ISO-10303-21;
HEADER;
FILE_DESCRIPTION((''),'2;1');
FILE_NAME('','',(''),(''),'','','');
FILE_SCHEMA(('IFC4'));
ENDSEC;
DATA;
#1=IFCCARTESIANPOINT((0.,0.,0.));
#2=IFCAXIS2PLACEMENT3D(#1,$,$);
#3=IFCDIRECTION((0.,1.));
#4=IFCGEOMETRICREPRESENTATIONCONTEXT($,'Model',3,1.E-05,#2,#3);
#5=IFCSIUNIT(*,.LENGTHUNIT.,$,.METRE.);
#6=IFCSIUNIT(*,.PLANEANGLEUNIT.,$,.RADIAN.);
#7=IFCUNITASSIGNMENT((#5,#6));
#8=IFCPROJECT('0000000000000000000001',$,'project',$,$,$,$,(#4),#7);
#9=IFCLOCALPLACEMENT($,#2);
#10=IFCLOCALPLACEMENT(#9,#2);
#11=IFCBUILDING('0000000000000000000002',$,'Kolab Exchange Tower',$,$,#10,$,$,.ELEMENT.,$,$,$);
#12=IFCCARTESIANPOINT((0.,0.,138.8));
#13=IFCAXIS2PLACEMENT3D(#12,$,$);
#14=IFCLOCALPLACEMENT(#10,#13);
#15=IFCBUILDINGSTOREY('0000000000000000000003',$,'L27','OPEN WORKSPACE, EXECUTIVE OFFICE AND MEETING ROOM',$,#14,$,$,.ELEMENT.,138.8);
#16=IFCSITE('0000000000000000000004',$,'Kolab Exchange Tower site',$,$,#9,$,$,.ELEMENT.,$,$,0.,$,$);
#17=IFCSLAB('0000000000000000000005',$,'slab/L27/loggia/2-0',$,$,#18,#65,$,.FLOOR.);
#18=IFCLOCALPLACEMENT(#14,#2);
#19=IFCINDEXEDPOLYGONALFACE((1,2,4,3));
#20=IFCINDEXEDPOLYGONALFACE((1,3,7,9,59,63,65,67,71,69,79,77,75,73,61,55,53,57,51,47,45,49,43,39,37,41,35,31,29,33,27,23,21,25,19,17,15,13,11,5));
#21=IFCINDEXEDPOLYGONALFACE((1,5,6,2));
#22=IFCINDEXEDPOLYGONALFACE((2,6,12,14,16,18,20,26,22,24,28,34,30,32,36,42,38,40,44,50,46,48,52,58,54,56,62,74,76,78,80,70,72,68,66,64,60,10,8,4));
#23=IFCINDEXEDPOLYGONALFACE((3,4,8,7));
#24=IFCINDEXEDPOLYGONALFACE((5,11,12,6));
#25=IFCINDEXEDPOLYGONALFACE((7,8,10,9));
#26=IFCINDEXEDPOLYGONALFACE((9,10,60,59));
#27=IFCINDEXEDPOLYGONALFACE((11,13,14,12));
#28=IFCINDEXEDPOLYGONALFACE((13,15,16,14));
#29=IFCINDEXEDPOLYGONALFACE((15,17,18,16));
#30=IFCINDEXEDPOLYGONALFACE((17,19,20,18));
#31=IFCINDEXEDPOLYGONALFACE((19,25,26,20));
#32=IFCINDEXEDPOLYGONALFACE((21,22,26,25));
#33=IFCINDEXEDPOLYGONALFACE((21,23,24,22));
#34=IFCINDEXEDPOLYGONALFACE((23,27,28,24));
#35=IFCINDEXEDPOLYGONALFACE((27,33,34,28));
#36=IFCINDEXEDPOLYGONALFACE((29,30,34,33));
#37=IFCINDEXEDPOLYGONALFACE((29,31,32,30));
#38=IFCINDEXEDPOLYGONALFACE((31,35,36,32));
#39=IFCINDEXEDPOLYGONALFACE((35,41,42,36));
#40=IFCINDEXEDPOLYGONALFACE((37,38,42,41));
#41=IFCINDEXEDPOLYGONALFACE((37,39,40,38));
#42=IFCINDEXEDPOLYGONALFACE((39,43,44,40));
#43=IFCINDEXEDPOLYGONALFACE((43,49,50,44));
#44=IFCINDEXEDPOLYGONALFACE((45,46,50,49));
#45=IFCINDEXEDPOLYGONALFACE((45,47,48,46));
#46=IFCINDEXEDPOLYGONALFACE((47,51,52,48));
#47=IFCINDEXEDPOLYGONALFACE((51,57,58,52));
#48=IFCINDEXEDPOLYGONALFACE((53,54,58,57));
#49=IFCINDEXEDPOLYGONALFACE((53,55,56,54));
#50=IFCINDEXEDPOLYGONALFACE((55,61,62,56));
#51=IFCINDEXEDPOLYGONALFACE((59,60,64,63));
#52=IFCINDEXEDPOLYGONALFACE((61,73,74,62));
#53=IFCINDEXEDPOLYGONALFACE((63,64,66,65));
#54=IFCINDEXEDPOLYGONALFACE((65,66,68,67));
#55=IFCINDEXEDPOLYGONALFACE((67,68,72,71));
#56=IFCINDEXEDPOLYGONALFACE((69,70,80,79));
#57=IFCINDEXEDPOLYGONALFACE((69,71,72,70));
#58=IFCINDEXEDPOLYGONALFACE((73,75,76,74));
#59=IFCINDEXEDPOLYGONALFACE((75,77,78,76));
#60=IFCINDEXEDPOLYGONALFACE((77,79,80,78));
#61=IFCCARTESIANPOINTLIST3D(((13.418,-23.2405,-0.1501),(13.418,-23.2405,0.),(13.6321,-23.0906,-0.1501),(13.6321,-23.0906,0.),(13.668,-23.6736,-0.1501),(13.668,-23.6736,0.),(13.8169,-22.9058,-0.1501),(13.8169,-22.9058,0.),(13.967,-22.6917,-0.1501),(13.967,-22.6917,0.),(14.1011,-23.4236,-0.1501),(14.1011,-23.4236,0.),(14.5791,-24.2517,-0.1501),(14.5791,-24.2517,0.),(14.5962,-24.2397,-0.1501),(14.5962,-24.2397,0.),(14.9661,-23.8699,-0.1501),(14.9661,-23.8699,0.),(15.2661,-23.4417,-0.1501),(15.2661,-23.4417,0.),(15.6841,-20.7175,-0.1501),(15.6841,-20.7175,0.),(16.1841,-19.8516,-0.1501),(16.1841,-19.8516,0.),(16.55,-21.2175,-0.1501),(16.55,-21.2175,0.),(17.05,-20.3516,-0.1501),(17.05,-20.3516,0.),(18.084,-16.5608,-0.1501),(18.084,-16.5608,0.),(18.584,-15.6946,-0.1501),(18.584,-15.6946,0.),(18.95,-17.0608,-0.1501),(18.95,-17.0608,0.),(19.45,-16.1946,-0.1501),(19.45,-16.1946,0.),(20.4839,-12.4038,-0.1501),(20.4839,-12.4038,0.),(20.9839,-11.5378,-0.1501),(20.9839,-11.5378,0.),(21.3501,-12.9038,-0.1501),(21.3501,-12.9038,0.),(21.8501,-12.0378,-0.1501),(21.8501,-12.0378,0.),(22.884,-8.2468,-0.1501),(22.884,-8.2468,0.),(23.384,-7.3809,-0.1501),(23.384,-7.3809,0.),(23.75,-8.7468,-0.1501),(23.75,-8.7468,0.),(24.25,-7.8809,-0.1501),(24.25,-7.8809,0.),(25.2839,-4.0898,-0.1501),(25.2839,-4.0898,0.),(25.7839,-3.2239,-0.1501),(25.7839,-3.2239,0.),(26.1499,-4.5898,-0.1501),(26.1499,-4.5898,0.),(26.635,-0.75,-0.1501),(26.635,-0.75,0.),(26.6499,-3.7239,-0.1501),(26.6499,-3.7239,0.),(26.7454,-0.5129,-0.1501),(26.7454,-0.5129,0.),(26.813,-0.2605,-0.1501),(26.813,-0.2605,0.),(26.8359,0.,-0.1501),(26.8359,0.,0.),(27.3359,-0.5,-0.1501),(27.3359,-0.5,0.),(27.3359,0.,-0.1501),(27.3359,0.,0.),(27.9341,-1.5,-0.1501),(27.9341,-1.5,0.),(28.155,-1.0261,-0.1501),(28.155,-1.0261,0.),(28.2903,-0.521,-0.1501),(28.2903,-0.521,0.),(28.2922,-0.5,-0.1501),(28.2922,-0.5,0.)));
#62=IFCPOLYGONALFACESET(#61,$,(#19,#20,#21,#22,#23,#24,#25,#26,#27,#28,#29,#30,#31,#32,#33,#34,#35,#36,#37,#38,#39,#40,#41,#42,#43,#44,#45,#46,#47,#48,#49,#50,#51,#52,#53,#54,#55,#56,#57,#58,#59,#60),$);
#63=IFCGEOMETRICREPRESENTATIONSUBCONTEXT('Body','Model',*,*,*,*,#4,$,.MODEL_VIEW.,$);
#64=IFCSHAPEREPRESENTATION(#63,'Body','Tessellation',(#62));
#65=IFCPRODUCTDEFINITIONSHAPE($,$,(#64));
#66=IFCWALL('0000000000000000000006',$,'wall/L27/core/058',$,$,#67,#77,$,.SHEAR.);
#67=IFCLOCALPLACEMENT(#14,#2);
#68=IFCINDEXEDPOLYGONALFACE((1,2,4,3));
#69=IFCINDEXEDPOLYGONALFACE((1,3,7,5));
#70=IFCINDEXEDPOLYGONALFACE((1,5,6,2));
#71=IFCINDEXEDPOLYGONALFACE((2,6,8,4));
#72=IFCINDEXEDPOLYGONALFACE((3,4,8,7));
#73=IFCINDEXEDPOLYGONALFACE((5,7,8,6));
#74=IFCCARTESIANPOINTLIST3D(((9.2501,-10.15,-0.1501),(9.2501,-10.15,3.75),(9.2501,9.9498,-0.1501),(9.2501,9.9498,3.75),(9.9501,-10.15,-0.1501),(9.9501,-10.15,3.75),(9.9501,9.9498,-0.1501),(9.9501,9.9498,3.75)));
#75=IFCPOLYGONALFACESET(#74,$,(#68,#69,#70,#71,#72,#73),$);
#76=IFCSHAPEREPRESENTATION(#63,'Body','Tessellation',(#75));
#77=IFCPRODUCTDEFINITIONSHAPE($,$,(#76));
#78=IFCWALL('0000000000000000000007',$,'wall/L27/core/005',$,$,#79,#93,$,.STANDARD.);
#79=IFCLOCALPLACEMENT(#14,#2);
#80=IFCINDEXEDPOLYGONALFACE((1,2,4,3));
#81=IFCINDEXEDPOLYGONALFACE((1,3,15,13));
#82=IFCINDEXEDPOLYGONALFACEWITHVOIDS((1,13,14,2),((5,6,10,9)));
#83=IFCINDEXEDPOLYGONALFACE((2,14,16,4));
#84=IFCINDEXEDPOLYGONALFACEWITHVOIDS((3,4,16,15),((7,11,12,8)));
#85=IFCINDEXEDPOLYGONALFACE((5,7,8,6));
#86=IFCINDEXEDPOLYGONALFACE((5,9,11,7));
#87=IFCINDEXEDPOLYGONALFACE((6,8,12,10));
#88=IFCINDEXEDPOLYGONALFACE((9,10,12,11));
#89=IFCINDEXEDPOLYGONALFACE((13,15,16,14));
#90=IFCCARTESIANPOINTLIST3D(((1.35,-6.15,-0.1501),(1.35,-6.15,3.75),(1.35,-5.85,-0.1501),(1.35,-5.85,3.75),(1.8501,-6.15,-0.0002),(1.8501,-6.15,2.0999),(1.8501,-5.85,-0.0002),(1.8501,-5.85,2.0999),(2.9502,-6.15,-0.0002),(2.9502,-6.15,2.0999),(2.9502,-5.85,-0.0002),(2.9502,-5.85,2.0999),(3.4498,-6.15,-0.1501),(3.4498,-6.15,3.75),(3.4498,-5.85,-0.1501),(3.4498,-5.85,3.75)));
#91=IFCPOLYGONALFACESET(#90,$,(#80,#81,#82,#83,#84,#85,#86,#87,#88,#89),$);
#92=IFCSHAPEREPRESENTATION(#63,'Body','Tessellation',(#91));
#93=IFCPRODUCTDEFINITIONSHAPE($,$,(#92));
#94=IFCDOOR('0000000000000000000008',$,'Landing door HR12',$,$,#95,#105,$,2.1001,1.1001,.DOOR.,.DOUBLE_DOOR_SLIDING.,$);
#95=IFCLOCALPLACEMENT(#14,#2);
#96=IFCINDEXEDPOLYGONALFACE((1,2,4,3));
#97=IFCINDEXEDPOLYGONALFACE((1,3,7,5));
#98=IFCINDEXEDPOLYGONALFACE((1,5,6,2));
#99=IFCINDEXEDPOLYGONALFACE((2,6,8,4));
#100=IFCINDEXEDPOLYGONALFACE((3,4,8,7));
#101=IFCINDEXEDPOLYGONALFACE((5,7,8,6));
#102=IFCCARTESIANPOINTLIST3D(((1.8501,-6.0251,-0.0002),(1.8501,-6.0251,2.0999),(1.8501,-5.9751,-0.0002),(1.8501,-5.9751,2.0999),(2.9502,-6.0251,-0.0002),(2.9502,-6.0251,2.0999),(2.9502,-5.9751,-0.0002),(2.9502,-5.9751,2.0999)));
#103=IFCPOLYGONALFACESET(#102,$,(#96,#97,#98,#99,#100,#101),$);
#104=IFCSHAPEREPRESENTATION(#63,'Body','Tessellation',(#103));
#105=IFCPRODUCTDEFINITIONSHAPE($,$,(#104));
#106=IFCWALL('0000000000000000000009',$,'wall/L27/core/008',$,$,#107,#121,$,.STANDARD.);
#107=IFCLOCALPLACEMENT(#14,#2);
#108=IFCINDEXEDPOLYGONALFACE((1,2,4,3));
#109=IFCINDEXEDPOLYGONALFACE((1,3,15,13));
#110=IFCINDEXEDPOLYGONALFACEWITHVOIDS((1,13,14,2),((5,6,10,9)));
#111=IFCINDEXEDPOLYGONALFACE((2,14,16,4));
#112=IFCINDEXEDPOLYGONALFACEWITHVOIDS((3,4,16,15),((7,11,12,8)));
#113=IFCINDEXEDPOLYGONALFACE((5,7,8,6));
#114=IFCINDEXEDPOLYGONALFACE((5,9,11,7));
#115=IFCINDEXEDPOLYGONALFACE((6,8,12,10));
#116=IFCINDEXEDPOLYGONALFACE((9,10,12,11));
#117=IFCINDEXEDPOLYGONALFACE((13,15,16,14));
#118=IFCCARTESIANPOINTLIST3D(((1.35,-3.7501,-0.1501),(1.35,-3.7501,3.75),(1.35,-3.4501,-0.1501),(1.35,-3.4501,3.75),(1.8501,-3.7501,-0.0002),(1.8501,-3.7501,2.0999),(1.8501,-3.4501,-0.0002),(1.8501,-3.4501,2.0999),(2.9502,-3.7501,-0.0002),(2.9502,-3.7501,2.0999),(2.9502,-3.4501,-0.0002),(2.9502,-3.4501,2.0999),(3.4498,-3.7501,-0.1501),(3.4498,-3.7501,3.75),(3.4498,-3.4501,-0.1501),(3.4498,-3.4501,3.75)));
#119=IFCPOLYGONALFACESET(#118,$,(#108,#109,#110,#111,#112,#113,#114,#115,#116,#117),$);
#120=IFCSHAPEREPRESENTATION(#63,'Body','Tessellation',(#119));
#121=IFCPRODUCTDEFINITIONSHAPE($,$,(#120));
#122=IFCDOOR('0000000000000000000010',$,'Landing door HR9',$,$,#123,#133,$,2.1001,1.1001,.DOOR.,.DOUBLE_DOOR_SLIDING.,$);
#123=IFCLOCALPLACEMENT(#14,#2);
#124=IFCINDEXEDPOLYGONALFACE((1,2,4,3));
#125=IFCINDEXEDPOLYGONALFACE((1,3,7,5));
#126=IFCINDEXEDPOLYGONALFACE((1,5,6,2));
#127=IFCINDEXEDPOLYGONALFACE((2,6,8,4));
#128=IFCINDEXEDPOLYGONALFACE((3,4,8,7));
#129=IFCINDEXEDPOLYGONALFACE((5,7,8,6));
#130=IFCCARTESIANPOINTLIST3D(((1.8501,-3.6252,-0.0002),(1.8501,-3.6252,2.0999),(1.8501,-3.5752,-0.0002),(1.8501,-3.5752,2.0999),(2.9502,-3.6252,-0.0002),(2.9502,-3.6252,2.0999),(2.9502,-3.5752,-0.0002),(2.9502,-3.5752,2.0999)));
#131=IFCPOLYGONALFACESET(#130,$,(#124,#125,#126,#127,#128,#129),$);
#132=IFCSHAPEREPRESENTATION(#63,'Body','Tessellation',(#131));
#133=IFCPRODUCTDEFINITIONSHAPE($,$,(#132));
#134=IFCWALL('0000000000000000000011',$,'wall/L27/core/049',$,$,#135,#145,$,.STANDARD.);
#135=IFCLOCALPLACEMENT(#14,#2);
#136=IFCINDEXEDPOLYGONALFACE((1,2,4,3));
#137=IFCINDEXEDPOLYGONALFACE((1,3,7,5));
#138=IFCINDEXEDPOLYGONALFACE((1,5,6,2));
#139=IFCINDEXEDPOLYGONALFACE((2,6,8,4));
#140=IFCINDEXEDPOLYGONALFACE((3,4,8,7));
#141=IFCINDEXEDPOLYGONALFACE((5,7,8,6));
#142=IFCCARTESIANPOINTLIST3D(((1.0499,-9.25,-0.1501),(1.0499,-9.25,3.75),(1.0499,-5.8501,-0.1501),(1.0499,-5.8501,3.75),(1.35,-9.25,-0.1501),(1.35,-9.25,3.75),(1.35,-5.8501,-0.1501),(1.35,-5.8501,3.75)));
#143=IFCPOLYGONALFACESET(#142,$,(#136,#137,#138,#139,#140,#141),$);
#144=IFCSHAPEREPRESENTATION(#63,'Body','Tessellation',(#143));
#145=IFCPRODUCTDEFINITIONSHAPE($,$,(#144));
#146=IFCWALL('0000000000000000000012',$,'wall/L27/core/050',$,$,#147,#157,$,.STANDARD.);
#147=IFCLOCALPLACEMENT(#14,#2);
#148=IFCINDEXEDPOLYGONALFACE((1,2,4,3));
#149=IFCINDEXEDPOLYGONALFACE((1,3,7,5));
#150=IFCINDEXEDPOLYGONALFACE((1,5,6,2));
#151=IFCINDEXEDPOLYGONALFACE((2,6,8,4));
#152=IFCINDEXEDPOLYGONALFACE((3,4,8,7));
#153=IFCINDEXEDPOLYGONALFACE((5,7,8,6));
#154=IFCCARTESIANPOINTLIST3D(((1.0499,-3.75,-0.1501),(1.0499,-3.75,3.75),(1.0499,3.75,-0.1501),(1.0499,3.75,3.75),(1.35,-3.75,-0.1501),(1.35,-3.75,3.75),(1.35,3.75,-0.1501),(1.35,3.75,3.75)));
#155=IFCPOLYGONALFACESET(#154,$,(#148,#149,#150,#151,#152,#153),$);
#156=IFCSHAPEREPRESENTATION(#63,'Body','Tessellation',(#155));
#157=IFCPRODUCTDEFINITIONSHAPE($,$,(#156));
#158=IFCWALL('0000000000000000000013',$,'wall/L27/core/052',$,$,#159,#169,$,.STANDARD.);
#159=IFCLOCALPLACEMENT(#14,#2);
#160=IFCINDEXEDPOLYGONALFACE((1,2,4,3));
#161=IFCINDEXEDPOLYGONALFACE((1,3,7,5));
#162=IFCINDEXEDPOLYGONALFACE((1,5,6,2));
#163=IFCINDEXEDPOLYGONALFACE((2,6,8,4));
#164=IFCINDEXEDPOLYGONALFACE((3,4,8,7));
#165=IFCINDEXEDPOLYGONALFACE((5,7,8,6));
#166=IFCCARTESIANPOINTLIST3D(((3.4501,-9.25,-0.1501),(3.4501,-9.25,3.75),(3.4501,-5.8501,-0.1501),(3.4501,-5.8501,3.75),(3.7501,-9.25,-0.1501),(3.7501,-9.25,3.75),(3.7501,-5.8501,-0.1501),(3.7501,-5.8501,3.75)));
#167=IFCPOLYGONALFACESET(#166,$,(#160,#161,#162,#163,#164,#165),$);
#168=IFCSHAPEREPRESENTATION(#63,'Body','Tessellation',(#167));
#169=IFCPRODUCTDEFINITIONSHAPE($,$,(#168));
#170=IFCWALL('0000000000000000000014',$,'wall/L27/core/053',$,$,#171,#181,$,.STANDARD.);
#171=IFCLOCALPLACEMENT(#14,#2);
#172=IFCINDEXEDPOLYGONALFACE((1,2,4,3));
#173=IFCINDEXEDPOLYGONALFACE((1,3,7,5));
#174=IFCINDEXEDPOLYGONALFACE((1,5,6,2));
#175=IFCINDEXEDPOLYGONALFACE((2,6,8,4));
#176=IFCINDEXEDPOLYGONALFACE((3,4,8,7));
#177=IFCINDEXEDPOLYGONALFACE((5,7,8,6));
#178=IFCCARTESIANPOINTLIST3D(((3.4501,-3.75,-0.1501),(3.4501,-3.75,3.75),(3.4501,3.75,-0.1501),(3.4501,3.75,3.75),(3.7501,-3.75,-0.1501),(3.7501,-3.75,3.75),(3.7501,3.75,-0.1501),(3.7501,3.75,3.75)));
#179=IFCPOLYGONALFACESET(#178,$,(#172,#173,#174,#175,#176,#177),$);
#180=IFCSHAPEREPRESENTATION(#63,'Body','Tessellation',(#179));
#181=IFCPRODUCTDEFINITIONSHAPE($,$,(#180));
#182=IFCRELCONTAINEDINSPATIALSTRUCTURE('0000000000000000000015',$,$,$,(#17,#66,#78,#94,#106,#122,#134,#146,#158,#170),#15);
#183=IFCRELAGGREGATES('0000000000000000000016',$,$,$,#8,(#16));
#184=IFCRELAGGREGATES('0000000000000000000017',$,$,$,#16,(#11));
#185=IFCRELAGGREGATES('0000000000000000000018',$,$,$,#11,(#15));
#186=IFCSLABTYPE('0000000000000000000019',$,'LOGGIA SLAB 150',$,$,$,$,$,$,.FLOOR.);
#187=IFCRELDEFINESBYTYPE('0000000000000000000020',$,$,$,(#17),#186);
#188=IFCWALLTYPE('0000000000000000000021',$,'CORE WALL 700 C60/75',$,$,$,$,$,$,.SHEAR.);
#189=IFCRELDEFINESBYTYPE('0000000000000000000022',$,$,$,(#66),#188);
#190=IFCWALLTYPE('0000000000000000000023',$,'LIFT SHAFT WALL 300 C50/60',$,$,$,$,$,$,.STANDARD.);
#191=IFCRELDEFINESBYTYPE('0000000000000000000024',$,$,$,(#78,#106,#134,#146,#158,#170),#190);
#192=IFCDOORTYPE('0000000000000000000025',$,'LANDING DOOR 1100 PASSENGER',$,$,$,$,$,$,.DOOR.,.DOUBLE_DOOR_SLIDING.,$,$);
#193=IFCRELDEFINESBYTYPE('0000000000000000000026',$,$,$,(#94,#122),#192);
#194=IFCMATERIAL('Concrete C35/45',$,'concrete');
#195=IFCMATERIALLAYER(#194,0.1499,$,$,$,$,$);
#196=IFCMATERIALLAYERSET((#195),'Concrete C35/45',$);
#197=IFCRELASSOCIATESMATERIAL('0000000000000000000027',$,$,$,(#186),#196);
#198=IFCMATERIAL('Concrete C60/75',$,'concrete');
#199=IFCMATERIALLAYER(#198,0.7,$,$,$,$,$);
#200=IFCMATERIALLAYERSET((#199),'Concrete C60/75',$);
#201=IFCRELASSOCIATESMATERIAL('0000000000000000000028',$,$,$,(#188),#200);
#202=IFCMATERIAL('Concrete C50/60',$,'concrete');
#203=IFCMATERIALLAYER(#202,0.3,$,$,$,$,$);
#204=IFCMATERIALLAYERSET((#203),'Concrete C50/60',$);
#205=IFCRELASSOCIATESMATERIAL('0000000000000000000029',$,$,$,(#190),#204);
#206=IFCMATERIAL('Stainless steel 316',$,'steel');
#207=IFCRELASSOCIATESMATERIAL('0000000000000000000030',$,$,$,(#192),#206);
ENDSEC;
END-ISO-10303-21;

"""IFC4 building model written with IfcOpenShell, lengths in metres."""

from ifc_helpers import new_model, si_unit, direction, frame, frame_2d, origin, place, context, subcontext, project, spatial, polyline, rectangle, outline, extrude, material, layer, layer_set, type_object, element, fill, save


model = new_model("IFC4")

# Units and contexts
model_context = context("Model", 3, precision=1e-05, world=origin(), true_north=direction((0.0, 1.0)))
body_context = subcontext(model_context, "Body", "Model", "MODEL_VIEW")
ifc_project = project(units=[si_unit("LENGTHUNIT", "METRE"), si_unit("PLANEANGLEUNIT", "RADIAN")], contexts=[model_context])

# Site, building, storey
site_placement = place(None, origin())
site = spatial("IfcSite", under=ifc_project, at=site_placement, Name="Kolab Exchange Tower site", CompositionType="ELEMENT", RefElevation=0.0)
building_placement = place(site_placement, origin())
building = spatial("IfcBuilding", under=site, at=building_placement, Name="Kolab Exchange Tower", CompositionType="ELEMENT")
storey_placement = place(building_placement, frame((0.0, 0.0, 138.8)))
storey = spatial("IfcBuildingStorey", under=building, at=storey_placement, Name="L27", Description="OPEN WORKSPACE, EXECUTIVE OFFICE AND MEETING ROOM", CompositionType="ELEMENT", Elevation=138.8)

# Slab
ifc_material_1 = material(Name="Concrete C35/45", Category="concrete")
ifc_layer_1 = layer(ifc_material_1, 0.1499)
ifc_layer_set_1 = layer_set([ifc_layer_1], Name="Concrete C35/45")
slab_type_1 = type_object("IfcSlabType", Name="LOGGIA SLAB 150", PredefinedType="FLOOR", material=ifc_layer_set_1)
slab_1_placement = place(storey_placement, frame((0.0, 0.0, -0.1501)))
element("IfcSlab", 1, at=slab_1_placement, inside=storey, type_object=slab_type_1, Name="slab/L27/loggia/2-0", PredefinedType="FLOOR", context=body_context, shape_type="SweptSolid", body=[
    extrude(outline(polyline([(15.2661, -23.4417), (16.55, -21.2175), (15.6841, -20.7175), (16.1841, -19.8516), (17.05, -20.3516), (18.95, -17.0608), (18.084, -16.5608), (18.584, -15.6946), (19.45, -16.1946), (21.3501, -12.9038), (20.4839, -12.4038), (20.9839, -11.5378), (21.8501, -12.0378), (23.75, -8.7468), (22.884, -8.2468), (23.384, -7.3809), (24.25, -7.8809), (26.1499, -4.5898), (25.2839, -4.0898), (25.7839, -3.2239), (26.6499, -3.7239), (27.9341, -1.5), (28.155, -1.0261), (28.2903, -0.521), (28.2922, -0.5), (27.3359, -0.5), (27.3359, 0.0), (26.8359, 0.0), (26.813, -0.2605), (26.7454, -0.5129), (26.635, -0.75), (13.967, -22.6917), (13.8169, -22.9058), (13.6321, -23.0906), (13.418, -23.2405), (13.668, -23.6736), (14.1011, -23.4236), (14.5791, -24.2517), (14.5962, -24.2397), (14.9661, -23.8699), (15.2661, -23.4417)])), origin(), (0.0, 0.0, 1.0), 0.1501),
])

# Wall
ifc_material_2 = material(Name="Concrete C60/75", Category="concrete")
ifc_layer_2 = layer(ifc_material_2, 0.7)
ifc_layer_set_2 = layer_set([ifc_layer_2], Name="Concrete C60/75")
wall_type_1 = type_object("IfcWallType", Name="CORE WALL 700 C60/75", PredefinedType="SHEAR", material=ifc_layer_set_2)
wall_1_placement = place(storey_placement, frame((9.6001, -10.1499, -0.1501), z_axis=(0.0, 0.0, 1.0), x_axis=(0.0, 1.0, 0.0)))
element("IfcWall", 2, at=wall_1_placement, inside=storey, type_object=wall_type_1, Name="wall/L27/core/058", PredefinedType="SHEAR", context=body_context, shape_type="SweptSolid", body=[
    extrude(rectangle(XDim=20.0999, YDim=0.7, at=frame_2d((10.0498, 0.0))), origin(), (0.0, 0.0, 1.0), 3.9001),
])

# Walls, openings, doors
ifc_material_3 = material(Name="Concrete C50/60", Category="concrete")
ifc_layer_3 = layer(ifc_material_3, 0.3)
ifc_layer_set_3 = layer_set([ifc_layer_3], Name="Concrete C50/60")
wall_type_2 = type_object("IfcWallType", Name="LIFT SHAFT WALL 300 C50/60", PredefinedType="STANDARD", material=ifc_layer_set_3)
wall_2_placement = place(storey_placement, frame((1.3501, -6.0, -0.1501), z_axis=(0.0, 0.0, 1.0), x_axis=(1.0, 0.0, 0.0)))
wall_2 = element("IfcWall", 3, at=wall_2_placement, inside=storey, type_object=wall_type_2, Name="wall/L27/core/005", PredefinedType="STANDARD", context=body_context, shape_type="SweptSolid", body=[
    extrude(rectangle(XDim=2.0999, YDim=0.3, at=frame_2d((1.0498, 0.0))), origin(), (0.0, 0.0, 1.0), 3.9001),
])
opening_1_placement = place(wall_2_placement, frame((0.5, 0.0, 0.1499)))
opening_1 = element("IfcOpeningElement", 4, at=opening_1_placement, cuts=wall_2, PredefinedType="OPENING", context=body_context, shape_type="SweptSolid", body=[
    extrude(rectangle(XDim=1.1001, YDim=2.1001, at=frame_2d((0.55, 1.05))), frame((0.0, 0.1602, 0.0), z_axis=(0.0, -1.0, 0.0), x_axis=(1.0, 0.0, 0.0)), (0.0, 0.0, 1.0), 0.3201),
])
ifc_material_4 = material(Name="Stainless steel 316", Category="steel")
door_type_1 = type_object("IfcDoorType", Name="LANDING DOOR 1100 PASSENGER", OperationType="DOUBLE_DOOR_SLIDING", PredefinedType="DOOR", material=ifc_material_4)
door_1_placement = place(opening_1_placement, origin())
door_1 = element("IfcDoor", 5, at=door_1_placement, inside=storey, type_object=door_type_1, Name="Landing door HR12", OperationType="DOUBLE_DOOR_SLIDING", OverallHeight=2.1001, OverallWidth=1.1001, PredefinedType="DOOR", context=body_context, shape_type="SweptSolid", body=[
    extrude(rectangle(XDim=1.1001, YDim=2.1001, at=frame_2d((0.55, 1.05))), frame((0.0, 0.0249, 0.0), z_axis=(0.0, -1.0, 0.0), x_axis=(1.0, 0.0, 0.0)), (0.0, 0.0, 1.0), 0.05),
])
fill(opening_1, door_1)
wall_3_placement = place(storey_placement, frame((1.3501, -3.6001, -0.1501), z_axis=(0.0, 0.0, 1.0), x_axis=(1.0, 0.0, 0.0)))
wall_3 = element("IfcWall", 6, at=wall_3_placement, inside=storey, type_object=wall_type_2, Name="wall/L27/core/008", PredefinedType="STANDARD", context=body_context, shape_type="SweptSolid", body=[
    extrude(rectangle(XDim=2.0999, YDim=0.3, at=frame_2d((1.0498, 0.0))), origin(), (0.0, 0.0, 1.0), 3.9001),
])
opening_2_placement = place(wall_3_placement, frame((0.5, 0.0, 0.1499)))
opening_2 = element("IfcOpeningElement", 7, at=opening_2_placement, cuts=wall_3, PredefinedType="OPENING", context=body_context, shape_type="SweptSolid", body=[
    extrude(rectangle(XDim=1.1001, YDim=2.1001, at=frame_2d((0.55, 1.05))), frame((0.0, 0.1602, 0.0), z_axis=(0.0, -1.0, 0.0), x_axis=(1.0, 0.0, 0.0)), (0.0, 0.0, 1.0), 0.3201),
])
door_2_placement = place(opening_2_placement, origin())
door_2 = element("IfcDoor", 8, at=door_2_placement, inside=storey, type_object=door_type_1, Name="Landing door HR9", OperationType="DOUBLE_DOOR_SLIDING", OverallHeight=2.1001, OverallWidth=1.1001, PredefinedType="DOOR", context=body_context, shape_type="SweptSolid", body=[
    extrude(rectangle(XDim=1.1001, YDim=2.1001, at=frame_2d((0.55, 1.05))), frame((0.0, 0.0249, 0.0), z_axis=(0.0, -1.0, 0.0), x_axis=(1.0, 0.0, 0.0)), (0.0, 0.0, 1.0), 0.05),
])
fill(opening_2, door_2)

# Walls
wall_4_placement = place(storey_placement, frame((1.2, -9.25, -0.1501), z_axis=(0.0, 0.0, 1.0), x_axis=(0.0, 1.0, 0.0)))
element("IfcWall", 9, at=wall_4_placement, inside=storey, type_object=wall_type_2, Name="wall/L27/core/049", PredefinedType="STANDARD", context=body_context, shape_type="SweptSolid", body=[
    extrude(rectangle(XDim=3.3999, YDim=0.3, at=frame_2d((1.7, 0.0))), origin(), (0.0, 0.0, 1.0), 3.9001),
])
wall_5_placement = place(storey_placement, frame((1.2, -3.75, -0.1501), z_axis=(0.0, 0.0, 1.0), x_axis=(0.0, 1.0, 0.0)))
element("IfcWall", 10, at=wall_5_placement, inside=storey, type_object=wall_type_2, Name="wall/L27/core/050", PredefinedType="STANDARD", context=body_context, shape_type="SweptSolid", body=[
    extrude(rectangle(XDim=7.5, YDim=0.3, at=frame_2d((3.75, 0.0))), origin(), (0.0, 0.0, 1.0), 3.9001),
])
wall_6_placement = place(storey_placement, frame((3.6001, -9.25, -0.1501), z_axis=(0.0, 0.0, 1.0), x_axis=(0.0, 1.0, 0.0)))
element("IfcWall", 11, at=wall_6_placement, inside=storey, type_object=wall_type_2, Name="wall/L27/core/052", PredefinedType="STANDARD", context=body_context, shape_type="SweptSolid", body=[
    extrude(rectangle(XDim=3.3999, YDim=0.3, at=frame_2d((1.7, 0.0))), origin(), (0.0, 0.0, 1.0), 3.9001),
])
wall_7_placement = place(storey_placement, frame((3.6001, -3.75, -0.1501), z_axis=(0.0, 0.0, 1.0), x_axis=(0.0, 1.0, 0.0)))
element("IfcWall", 12, at=wall_7_placement, inside=storey, type_object=wall_type_2, Name="wall/L27/core/053", PredefinedType="STANDARD", context=body_context, shape_type="SweptSolid", body=[
    extrude(rectangle(XDim=7.5, YDim=0.3, at=frame_2d((3.75, 0.0))), origin(), (0.0, 0.0, 1.0), 3.9001),
])

save(model, "model.ifc")
